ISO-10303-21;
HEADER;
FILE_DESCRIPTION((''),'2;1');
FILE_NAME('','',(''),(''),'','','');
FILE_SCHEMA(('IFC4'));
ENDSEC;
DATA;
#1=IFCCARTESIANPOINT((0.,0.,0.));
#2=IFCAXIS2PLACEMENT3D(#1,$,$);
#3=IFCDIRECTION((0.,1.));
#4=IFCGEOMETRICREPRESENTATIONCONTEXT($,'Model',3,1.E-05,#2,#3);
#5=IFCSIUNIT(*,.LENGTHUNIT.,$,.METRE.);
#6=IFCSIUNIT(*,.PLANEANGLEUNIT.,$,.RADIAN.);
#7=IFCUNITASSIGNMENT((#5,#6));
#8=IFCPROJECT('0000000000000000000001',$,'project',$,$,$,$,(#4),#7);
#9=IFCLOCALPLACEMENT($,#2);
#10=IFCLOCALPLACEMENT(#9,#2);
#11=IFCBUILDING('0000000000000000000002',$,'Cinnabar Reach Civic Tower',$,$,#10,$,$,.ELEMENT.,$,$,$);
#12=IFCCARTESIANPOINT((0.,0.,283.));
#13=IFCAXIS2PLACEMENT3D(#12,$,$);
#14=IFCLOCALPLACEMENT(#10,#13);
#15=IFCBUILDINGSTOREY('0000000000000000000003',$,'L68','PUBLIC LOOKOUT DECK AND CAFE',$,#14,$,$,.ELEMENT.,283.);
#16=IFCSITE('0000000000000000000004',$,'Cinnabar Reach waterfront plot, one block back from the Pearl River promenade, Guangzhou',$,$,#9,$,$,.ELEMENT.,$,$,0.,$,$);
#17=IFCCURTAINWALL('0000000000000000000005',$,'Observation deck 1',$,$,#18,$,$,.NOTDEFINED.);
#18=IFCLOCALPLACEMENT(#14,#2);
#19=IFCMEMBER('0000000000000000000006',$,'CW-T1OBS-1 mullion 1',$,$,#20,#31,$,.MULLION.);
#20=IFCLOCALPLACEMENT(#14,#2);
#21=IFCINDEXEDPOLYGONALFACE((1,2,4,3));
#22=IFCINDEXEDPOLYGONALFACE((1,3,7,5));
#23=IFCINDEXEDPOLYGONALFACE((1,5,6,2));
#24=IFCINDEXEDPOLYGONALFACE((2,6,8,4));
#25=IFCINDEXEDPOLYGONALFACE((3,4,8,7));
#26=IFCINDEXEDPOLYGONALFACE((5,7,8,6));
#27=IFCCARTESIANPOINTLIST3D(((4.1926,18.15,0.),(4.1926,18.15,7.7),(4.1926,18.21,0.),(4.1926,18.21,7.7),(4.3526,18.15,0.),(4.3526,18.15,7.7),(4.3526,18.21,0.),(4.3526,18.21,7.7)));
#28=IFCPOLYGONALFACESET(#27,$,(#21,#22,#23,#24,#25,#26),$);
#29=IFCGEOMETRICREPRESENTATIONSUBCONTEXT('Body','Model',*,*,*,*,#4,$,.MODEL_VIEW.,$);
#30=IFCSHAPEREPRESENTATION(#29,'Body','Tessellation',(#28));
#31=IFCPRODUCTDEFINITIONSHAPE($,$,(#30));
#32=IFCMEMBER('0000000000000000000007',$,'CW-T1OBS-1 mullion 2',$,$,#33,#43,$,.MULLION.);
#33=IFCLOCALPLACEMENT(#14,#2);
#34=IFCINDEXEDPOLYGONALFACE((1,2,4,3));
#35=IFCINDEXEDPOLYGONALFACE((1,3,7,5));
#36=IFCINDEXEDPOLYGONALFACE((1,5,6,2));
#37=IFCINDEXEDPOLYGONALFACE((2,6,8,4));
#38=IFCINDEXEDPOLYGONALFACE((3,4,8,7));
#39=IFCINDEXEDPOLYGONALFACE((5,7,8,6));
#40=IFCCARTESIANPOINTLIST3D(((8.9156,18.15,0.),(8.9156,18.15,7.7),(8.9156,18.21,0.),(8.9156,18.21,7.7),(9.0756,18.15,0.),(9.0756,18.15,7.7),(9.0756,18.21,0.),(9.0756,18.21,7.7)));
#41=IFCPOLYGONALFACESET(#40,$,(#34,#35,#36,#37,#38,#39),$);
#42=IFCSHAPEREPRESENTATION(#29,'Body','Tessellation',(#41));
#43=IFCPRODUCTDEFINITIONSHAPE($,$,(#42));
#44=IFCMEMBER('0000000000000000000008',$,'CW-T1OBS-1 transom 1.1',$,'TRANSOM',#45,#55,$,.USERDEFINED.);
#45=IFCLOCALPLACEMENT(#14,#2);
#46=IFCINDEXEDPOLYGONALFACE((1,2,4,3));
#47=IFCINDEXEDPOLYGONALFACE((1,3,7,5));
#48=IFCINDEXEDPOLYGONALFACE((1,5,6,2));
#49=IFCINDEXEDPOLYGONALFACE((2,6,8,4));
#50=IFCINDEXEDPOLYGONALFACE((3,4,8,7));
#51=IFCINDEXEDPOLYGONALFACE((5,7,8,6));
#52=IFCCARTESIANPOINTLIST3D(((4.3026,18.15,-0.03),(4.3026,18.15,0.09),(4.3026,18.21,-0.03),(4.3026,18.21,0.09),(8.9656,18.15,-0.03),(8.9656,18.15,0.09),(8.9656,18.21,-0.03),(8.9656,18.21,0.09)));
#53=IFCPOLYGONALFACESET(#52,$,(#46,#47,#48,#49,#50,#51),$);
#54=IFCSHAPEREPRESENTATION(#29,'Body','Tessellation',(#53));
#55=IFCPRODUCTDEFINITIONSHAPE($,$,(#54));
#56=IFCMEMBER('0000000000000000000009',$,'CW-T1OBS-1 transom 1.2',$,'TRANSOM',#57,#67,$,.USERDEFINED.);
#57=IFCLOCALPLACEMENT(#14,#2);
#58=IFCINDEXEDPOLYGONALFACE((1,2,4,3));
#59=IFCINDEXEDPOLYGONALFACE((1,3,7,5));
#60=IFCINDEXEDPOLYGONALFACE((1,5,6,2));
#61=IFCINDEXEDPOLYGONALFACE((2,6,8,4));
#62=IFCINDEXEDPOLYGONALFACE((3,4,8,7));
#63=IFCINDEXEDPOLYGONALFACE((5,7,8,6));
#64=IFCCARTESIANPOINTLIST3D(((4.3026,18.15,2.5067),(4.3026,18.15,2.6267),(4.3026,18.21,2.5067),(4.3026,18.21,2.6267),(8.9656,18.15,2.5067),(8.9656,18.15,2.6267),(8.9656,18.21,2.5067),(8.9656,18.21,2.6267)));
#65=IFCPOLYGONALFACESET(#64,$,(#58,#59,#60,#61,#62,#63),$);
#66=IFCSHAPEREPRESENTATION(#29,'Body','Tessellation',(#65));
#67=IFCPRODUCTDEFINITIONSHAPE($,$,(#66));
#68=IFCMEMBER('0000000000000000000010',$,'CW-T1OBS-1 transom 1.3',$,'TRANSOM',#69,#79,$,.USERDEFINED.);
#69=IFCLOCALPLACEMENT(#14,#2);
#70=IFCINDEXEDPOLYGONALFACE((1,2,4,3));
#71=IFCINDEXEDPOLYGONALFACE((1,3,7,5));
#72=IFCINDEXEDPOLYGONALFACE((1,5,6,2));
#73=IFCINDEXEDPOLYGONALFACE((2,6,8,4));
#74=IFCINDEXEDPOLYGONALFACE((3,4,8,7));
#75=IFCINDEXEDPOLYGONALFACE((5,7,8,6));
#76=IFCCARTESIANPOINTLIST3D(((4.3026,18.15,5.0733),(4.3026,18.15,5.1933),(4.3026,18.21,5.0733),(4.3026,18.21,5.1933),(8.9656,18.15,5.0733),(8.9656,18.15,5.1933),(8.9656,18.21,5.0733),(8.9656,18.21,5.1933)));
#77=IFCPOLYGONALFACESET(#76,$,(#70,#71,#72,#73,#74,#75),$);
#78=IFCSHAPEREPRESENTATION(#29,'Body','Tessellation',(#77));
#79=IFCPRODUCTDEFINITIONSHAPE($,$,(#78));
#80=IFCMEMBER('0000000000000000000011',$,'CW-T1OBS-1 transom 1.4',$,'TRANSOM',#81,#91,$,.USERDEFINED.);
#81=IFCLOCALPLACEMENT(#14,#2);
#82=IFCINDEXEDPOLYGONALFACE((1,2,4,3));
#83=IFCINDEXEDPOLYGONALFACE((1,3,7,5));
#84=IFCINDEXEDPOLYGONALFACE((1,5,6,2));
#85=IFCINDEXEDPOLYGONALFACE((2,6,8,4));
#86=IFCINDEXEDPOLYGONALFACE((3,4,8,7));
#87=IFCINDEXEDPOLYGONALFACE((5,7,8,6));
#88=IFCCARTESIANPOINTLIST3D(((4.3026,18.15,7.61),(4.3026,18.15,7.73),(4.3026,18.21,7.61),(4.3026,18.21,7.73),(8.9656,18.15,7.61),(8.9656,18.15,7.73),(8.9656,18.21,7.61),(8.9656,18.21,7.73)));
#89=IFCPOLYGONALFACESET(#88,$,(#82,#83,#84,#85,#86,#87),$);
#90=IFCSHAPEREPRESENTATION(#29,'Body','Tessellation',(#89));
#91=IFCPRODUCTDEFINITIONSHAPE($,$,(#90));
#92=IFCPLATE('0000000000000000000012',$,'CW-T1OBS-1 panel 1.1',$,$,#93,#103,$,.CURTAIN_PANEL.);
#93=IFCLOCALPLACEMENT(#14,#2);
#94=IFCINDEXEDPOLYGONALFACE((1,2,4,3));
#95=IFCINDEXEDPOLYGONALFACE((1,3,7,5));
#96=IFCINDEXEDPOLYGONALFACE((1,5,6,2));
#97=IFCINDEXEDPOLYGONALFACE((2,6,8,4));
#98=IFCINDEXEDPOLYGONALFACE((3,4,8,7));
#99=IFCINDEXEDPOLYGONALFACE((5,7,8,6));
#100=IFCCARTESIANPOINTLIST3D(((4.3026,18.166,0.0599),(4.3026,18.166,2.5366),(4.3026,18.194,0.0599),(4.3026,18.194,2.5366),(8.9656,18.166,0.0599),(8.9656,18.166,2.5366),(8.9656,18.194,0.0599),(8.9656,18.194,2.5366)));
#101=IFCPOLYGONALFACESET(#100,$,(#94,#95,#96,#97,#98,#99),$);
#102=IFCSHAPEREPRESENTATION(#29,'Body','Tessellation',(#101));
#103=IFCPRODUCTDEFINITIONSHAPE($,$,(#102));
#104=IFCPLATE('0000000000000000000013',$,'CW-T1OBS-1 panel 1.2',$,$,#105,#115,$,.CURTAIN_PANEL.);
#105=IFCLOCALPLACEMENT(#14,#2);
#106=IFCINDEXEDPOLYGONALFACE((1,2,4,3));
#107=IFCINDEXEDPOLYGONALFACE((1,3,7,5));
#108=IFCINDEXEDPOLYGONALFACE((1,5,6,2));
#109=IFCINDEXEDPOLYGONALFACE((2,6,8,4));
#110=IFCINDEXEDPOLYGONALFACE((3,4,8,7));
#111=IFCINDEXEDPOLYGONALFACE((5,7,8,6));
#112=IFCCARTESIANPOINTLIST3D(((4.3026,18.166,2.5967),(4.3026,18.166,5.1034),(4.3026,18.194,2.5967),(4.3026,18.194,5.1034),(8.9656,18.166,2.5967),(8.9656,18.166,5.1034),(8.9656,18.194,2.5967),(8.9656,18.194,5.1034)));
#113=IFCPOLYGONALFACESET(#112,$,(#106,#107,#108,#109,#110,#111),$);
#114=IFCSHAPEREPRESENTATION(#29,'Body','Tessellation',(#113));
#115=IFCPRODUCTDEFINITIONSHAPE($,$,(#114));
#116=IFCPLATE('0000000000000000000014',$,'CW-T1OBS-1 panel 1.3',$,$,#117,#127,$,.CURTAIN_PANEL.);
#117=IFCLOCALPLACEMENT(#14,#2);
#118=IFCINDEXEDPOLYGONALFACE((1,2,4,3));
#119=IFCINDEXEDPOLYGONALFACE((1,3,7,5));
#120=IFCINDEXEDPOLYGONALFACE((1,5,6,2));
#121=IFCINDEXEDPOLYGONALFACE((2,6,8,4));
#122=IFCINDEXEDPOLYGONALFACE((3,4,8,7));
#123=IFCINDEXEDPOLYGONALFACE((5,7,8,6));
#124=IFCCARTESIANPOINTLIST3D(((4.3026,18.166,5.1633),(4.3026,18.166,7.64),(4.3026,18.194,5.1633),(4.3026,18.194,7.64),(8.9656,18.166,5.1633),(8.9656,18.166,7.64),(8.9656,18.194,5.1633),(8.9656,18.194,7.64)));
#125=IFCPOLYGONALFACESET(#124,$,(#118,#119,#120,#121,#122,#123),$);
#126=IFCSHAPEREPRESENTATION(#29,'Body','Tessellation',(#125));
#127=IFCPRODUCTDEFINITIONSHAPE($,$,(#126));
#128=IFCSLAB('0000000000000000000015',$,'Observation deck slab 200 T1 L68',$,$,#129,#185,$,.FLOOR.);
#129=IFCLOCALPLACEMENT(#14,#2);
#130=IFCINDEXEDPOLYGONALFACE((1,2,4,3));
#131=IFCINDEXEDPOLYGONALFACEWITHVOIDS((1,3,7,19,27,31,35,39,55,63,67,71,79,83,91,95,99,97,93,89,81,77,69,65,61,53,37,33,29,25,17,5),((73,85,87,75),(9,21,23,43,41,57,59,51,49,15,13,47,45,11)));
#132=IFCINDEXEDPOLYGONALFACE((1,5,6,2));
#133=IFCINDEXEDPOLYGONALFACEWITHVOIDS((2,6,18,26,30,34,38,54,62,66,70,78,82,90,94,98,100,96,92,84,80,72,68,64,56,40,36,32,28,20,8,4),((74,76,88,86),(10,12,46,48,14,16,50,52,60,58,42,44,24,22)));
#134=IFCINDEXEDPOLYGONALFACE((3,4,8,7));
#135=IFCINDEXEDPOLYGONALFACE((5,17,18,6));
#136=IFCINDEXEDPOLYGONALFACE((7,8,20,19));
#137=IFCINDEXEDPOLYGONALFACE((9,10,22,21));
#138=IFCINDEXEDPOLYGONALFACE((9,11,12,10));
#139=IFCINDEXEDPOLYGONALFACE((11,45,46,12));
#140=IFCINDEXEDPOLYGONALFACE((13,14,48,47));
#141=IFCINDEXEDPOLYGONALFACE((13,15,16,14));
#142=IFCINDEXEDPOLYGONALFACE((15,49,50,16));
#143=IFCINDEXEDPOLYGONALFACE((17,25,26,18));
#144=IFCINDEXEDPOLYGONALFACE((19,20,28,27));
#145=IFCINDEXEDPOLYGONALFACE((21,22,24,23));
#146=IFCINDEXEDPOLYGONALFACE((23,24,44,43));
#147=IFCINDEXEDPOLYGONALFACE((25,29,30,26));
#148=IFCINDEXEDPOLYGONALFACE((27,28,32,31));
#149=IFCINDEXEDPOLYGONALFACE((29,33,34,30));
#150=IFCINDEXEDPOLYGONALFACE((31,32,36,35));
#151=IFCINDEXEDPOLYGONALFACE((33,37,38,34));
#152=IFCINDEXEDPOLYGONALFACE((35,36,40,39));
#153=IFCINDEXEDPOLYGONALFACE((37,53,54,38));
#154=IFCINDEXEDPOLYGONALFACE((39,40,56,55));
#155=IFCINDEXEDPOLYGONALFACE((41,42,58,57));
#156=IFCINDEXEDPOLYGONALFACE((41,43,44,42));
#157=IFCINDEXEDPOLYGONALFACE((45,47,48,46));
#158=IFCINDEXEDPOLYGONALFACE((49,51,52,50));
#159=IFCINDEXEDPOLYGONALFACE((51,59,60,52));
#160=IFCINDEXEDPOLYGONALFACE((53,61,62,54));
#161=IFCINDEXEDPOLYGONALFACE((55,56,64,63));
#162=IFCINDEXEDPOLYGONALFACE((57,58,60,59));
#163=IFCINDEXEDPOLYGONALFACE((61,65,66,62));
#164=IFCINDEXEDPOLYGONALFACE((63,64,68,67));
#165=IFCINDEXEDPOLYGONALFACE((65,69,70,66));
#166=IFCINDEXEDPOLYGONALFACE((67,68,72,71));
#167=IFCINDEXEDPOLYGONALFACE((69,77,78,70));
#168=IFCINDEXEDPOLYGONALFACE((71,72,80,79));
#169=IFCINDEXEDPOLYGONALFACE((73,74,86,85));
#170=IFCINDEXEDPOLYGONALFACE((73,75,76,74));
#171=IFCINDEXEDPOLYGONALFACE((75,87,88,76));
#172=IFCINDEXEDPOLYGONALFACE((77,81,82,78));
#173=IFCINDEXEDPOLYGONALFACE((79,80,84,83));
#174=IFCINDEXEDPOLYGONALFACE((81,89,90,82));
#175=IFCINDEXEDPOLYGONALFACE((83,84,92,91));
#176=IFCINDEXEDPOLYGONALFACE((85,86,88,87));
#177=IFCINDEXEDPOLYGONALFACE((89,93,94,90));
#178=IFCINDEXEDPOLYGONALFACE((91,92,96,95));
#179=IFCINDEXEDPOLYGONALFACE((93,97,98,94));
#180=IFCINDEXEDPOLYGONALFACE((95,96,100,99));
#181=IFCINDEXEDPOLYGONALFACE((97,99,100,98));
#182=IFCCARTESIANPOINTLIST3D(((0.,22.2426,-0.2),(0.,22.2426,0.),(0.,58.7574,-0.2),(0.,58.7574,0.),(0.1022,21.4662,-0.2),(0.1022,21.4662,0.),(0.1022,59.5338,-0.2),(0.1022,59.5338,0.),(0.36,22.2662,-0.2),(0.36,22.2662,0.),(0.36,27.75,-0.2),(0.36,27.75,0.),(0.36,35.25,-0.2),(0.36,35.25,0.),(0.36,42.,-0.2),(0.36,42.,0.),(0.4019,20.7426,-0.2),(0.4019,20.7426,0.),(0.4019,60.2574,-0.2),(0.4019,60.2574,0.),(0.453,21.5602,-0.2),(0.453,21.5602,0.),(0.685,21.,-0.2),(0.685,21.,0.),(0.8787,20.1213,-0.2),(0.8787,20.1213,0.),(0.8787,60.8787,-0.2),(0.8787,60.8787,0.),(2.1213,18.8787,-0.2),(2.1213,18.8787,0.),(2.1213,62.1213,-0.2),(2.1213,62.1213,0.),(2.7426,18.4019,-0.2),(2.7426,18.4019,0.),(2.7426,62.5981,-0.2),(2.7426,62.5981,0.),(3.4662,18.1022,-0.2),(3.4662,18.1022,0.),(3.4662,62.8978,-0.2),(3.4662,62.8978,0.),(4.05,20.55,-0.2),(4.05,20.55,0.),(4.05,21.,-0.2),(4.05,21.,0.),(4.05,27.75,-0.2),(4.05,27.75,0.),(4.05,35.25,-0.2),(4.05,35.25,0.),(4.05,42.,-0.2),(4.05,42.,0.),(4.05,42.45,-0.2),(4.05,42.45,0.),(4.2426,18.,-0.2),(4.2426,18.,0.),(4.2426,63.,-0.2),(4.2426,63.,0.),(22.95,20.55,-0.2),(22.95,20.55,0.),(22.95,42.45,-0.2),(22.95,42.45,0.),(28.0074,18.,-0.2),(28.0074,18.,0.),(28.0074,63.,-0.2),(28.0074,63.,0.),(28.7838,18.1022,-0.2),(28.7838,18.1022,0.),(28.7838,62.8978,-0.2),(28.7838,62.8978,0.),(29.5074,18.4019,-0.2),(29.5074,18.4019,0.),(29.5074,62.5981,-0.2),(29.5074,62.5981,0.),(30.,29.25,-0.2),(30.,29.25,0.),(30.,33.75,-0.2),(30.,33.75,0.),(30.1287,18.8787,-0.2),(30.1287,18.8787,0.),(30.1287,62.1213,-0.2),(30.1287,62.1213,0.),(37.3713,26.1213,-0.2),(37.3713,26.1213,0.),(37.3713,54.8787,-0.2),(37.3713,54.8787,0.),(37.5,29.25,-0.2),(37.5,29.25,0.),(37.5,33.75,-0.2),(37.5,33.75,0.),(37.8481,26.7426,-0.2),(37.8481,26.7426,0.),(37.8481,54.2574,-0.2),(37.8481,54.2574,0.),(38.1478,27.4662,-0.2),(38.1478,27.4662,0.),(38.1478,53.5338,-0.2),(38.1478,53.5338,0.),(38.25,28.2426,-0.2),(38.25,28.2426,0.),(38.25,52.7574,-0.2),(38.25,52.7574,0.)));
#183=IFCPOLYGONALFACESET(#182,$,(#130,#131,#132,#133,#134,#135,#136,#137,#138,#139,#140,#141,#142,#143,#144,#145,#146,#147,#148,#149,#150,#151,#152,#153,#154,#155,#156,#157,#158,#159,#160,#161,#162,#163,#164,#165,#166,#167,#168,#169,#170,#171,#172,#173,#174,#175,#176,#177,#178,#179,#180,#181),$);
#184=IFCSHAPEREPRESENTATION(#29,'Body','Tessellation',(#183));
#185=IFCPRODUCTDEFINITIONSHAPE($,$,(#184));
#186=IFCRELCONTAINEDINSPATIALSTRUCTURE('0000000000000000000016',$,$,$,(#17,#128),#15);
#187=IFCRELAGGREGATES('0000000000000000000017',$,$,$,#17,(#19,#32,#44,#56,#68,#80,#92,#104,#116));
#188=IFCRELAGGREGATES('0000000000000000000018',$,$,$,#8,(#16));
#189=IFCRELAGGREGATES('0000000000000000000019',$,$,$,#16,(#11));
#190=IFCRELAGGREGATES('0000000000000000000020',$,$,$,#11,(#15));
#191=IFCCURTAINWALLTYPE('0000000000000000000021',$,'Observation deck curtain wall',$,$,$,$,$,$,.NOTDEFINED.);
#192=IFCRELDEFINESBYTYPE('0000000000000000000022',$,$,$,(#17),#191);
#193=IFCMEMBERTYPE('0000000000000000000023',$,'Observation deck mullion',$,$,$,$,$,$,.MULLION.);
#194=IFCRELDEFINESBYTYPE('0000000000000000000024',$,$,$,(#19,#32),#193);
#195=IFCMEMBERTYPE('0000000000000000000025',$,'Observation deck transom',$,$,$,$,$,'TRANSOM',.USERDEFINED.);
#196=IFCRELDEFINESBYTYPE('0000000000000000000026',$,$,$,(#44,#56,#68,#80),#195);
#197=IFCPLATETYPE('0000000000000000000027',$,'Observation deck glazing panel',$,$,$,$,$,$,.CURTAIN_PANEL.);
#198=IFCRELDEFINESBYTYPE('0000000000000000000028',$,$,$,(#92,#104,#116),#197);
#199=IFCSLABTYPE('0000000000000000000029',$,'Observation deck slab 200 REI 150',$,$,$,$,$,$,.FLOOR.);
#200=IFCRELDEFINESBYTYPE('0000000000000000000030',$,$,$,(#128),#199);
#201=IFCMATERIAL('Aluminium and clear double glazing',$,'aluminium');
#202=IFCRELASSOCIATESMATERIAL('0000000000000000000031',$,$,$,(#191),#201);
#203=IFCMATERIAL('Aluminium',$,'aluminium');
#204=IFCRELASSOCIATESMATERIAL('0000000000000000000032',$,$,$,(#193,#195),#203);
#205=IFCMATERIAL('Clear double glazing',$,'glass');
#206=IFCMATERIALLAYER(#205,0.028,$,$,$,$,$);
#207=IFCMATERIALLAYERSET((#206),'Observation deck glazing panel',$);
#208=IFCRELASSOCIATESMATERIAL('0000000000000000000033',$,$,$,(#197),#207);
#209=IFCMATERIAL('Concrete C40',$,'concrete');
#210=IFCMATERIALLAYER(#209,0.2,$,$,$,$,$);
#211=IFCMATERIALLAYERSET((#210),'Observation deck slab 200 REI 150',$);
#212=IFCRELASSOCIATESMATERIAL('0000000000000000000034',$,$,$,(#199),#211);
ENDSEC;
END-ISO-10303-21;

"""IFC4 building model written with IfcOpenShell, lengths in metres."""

from ifc_helpers import new_model, si_unit, direction, frame, origin, origin_2d, place, context, subcontext, project, spatial, polyline, rectangle, outline, extrude, material, layer, layer_set, material_profile, profile_set, type_object, element, aggregate, save


model = new_model("IFC4")

# Units and contexts
model_context = context("Model", 3, precision=1e-05, world=origin(), true_north=direction((0.0, 1.0)))
body_context = subcontext(model_context, "Body", "Model", "MODEL_VIEW")
ifc_project = project(units=[si_unit("LENGTHUNIT", "METRE"), si_unit("PLANEANGLEUNIT", "RADIAN")], contexts=[model_context])

# Site, building, storey
site_placement = place(None, origin())
site = spatial("IfcSite", under=ifc_project, at=site_placement, Name="Cinnabar Reach waterfront plot, one block back from the Pearl River promenade, Guangzhou", CompositionType="ELEMENT", RefElevation=0.0)
building_placement = place(site_placement, origin())
building = spatial("IfcBuilding", under=site, at=building_placement, Name="Cinnabar Reach Civic Tower", CompositionType="ELEMENT")
storey_placement = place(building_placement, frame((0.0, 0.0, 283.0)))
storey = spatial("IfcBuildingStorey", under=building, at=storey_placement, Name="L68", Description="PUBLIC LOOKOUT DECK AND CAFE", CompositionType="ELEMENT", Elevation=283.0)

# Curtain wall, members, plates
ifc_material_1 = material(Name="Aluminium and clear double glazing", Category="aluminium")
curtain_wall_type = type_object("IfcCurtainWallType", Name="Observation deck curtain wall", PredefinedType="NOTDEFINED", material=ifc_material_1)
curtain_wall_placement = place(storey_placement, origin())
curtain_wall = element("IfcCurtainWall", 1, at=curtain_wall_placement, inside=storey, type_object=curtain_wall_type, Name="Observation deck 1", PredefinedType="NOTDEFINED")
ifc_material_2 = material(Name="Aluminium", Category="aluminium")
ifc_material_profile_1 = material_profile(ifc_material_2, rectangle(XDim=0.06, YDim=0.16, at=origin_2d()), Name="Observation deck mullion")
ifc_profile_set_1 = profile_set([ifc_material_profile_1], Name="Aluminium")
member_type_1 = type_object("IfcMemberType", Name="Observation deck mullion", PredefinedType="MULLION", material=ifc_profile_set_1)
member_1_placement = place(storey_placement, frame((4.2726, 18.18, 0.0), z_axis=(0.0, 0.0, 1.0), x_axis=(0.0, 1.0, 0.0)))
member_1 = element("IfcMember", 2, at=member_1_placement, type_object=member_type_1, Name="CW-T1OBS-1 mullion 1", PredefinedType="MULLION", context=body_context, shape_type="SweptSolid", body=[
    extrude(rectangle(XDim=0.06, YDim=0.16, at=origin_2d()), origin(), (0.0, 0.0, 1.0), 7.7),
])
member_2_placement = place(storey_placement, frame((8.9956, 18.18, 0.0), z_axis=(0.0, 0.0, 1.0), x_axis=(0.0, 1.0, 0.0)))
member_2 = element("IfcMember", 3, at=member_2_placement, type_object=member_type_1, Name="CW-T1OBS-1 mullion 2", PredefinedType="MULLION", context=body_context, shape_type="SweptSolid", body=[
    extrude(rectangle(XDim=0.06, YDim=0.16, at=origin_2d()), origin(), (0.0, 0.0, 1.0), 7.7),
])
ifc_material_profile_2 = material_profile(ifc_material_2, rectangle(XDim=0.06, YDim=0.12, at=origin_2d()), Name="Observation deck transom")
ifc_profile_set_2 = profile_set([ifc_material_profile_2], Name="Aluminium")
member_type_2 = type_object("IfcMemberType", Name="Observation deck transom", ElementType="TRANSOM", PredefinedType="USERDEFINED", material=ifc_profile_set_2)
member_3_placement = place(storey_placement, frame((4.3026, 18.18, 0.03), z_axis=(1.0, 0.0, 0.0), x_axis=(0.0, 1.0, 0.0)))
member_3 = element("IfcMember", 4, at=member_3_placement, type_object=member_type_2, Name="CW-T1OBS-1 transom 1.1", ObjectType="TRANSOM", PredefinedType="USERDEFINED", context=body_context, shape_type="SweptSolid", body=[
    extrude(rectangle(XDim=0.06, YDim=0.12, at=origin_2d()), origin(), (0.0, 0.0, 1.0), 4.663),
])
member_4_placement = place(storey_placement, frame((4.3026, 18.18, 2.5667), z_axis=(1.0, 0.0, 0.0), x_axis=(0.0, 1.0, 0.0)))
member_4 = element("IfcMember", 5, at=member_4_placement, type_object=member_type_2, Name="CW-T1OBS-1 transom 1.2", ObjectType="TRANSOM", PredefinedType="USERDEFINED", context=body_context, shape_type="SweptSolid", body=[
    extrude(rectangle(XDim=0.06, YDim=0.12, at=origin_2d()), origin(), (0.0, 0.0, 1.0), 4.663),
])
member_5_placement = place(storey_placement, frame((4.3026, 18.18, 5.1333), z_axis=(1.0, 0.0, 0.0), x_axis=(0.0, 1.0, 0.0)))
member_5 = element("IfcMember", 6, at=member_5_placement, type_object=member_type_2, Name="CW-T1OBS-1 transom 1.3", ObjectType="TRANSOM", PredefinedType="USERDEFINED", context=body_context, shape_type="SweptSolid", body=[
    extrude(rectangle(XDim=0.06, YDim=0.12, at=origin_2d()), origin(), (0.0, 0.0, 1.0), 4.663),
])
member_6_placement = place(storey_placement, frame((4.3026, 18.18, 7.67), z_axis=(1.0, 0.0, 0.0), x_axis=(0.0, 1.0, 0.0)))
member_6 = element("IfcMember", 7, at=member_6_placement, type_object=member_type_2, Name="CW-T1OBS-1 transom 1.4", ObjectType="TRANSOM", PredefinedType="USERDEFINED", context=body_context, shape_type="SweptSolid", body=[
    extrude(rectangle(XDim=0.06, YDim=0.12, at=origin_2d()), origin(), (0.0, 0.0, 1.0), 4.663),
])
ifc_material_3 = material(Name="Clear double glazing", Category="glass")
ifc_layer_1 = layer(ifc_material_3, 0.028)
ifc_layer_set_1 = layer_set([ifc_layer_1], Name="Observation deck glazing panel")
plate_type = type_object("IfcPlateType", Name="Observation deck glazing panel", PredefinedType="CURTAIN_PANEL", material=ifc_layer_set_1)
plate_1_placement = place(storey_placement, frame((6.6341, 18.18, 0.0599), z_axis=(0.0, 0.0, 1.0), x_axis=(1.0, 0.0, 0.0)))
plate_1 = element("IfcPlate", 8, at=plate_1_placement, type_object=plate_type, Name="CW-T1OBS-1 panel 1.1", PredefinedType="CURTAIN_PANEL", context=body_context, shape_type="SweptSolid", body=[
    extrude(rectangle(XDim=4.663, YDim=0.028, at=origin_2d()), origin(), (0.0, 0.0, 1.0), 2.4767),
])
plate_2_placement = place(storey_placement, frame((6.6341, 18.18, 2.5967), z_axis=(0.0, 0.0, 1.0), x_axis=(1.0, 0.0, 0.0)))
plate_2 = element("IfcPlate", 9, at=plate_2_placement, type_object=plate_type, Name="CW-T1OBS-1 panel 1.2", PredefinedType="CURTAIN_PANEL", context=body_context, shape_type="SweptSolid", body=[
    extrude(rectangle(XDim=4.663, YDim=0.028, at=origin_2d()), origin(), (0.0, 0.0, 1.0), 2.5067),
])
plate_3_placement = place(storey_placement, frame((6.6341, 18.18, 5.1633), z_axis=(0.0, 0.0, 1.0), x_axis=(1.0, 0.0, 0.0)))
plate_3 = element("IfcPlate", 10, at=plate_3_placement, type_object=plate_type, Name="CW-T1OBS-1 panel 1.3", PredefinedType="CURTAIN_PANEL", context=body_context, shape_type="SweptSolid", body=[
    extrude(rectangle(XDim=4.663, YDim=0.028, at=origin_2d()), origin(), (0.0, 0.0, 1.0), 2.4767),
])
aggregate(curtain_wall, [member_1, member_2, member_3, member_4, member_5, member_6, plate_1, plate_2, plate_3])

# Slab
ifc_material_4 = material(Name="Concrete C40", Category="concrete")
ifc_layer_2 = layer(ifc_material_4, 0.2)
ifc_layer_set_2 = layer_set([ifc_layer_2], Name="Observation deck slab 200 REI 150")
slab_type_1 = type_object("IfcSlabType", Name="Observation deck slab 200 REI 150", PredefinedType="FLOOR", material=ifc_layer_set_2)
slab_1_placement = place(storey_placement, frame((0.0, 0.0, -0.2)))
element("IfcSlab", 11, at=slab_1_placement, inside=storey, type_object=slab_type_1, Name="Observation deck slab 200 T1 L68", PredefinedType="FLOOR", context=body_context, shape_type="SweptSolid", body=[
    extrude(outline(polyline([(0.8787, 20.1213), (0.4019, 20.7426), (0.1022, 21.4662), (0.0, 22.2426), (0.0, 58.7574), (0.1022, 59.5338), (0.4019, 60.2574), (0.8787, 60.8787), (2.1213, 62.1213), (2.7426, 62.5981), (3.4662, 62.8978), (4.2426, 63.0), (28.0074, 63.0), (28.7838, 62.8978), (29.5074, 62.5981), (30.1287, 62.1213), (37.3713, 54.8787), (37.8481, 54.2574), (38.1478, 53.5338), (38.25, 52.7574), (38.25, 28.2426), (38.1478, 27.4662), (37.8481, 26.7426), (37.3713, 26.1213), (30.1287, 18.8787), (29.5074, 18.4019), (28.7838, 18.1022), (28.0074, 18.0), (4.2426, 18.0), (3.4662, 18.1022), (2.7426, 18.4019), (2.1213, 18.8787), (0.8787, 20.1213)]), holes=[polyline([(0.685, 21.0), (4.05, 21.0), (4.05, 20.55), (22.95, 20.55), (22.95, 42.45), (4.05, 42.45), (4.05, 42.0), (0.36, 42.0), (0.36, 35.25), (4.05, 35.25), (4.05, 27.75), (0.36, 27.75), (0.36, 22.2662), (0.453, 21.5602), (0.685, 21.0)]), polyline([(30.0, 33.75), (30.0, 29.25), (37.5, 29.25), (37.5, 33.75), (30.0, 33.75)])]), origin(), (0.0, 0.0, 1.0), 0.2),
])

save(model, "model.ifc")
